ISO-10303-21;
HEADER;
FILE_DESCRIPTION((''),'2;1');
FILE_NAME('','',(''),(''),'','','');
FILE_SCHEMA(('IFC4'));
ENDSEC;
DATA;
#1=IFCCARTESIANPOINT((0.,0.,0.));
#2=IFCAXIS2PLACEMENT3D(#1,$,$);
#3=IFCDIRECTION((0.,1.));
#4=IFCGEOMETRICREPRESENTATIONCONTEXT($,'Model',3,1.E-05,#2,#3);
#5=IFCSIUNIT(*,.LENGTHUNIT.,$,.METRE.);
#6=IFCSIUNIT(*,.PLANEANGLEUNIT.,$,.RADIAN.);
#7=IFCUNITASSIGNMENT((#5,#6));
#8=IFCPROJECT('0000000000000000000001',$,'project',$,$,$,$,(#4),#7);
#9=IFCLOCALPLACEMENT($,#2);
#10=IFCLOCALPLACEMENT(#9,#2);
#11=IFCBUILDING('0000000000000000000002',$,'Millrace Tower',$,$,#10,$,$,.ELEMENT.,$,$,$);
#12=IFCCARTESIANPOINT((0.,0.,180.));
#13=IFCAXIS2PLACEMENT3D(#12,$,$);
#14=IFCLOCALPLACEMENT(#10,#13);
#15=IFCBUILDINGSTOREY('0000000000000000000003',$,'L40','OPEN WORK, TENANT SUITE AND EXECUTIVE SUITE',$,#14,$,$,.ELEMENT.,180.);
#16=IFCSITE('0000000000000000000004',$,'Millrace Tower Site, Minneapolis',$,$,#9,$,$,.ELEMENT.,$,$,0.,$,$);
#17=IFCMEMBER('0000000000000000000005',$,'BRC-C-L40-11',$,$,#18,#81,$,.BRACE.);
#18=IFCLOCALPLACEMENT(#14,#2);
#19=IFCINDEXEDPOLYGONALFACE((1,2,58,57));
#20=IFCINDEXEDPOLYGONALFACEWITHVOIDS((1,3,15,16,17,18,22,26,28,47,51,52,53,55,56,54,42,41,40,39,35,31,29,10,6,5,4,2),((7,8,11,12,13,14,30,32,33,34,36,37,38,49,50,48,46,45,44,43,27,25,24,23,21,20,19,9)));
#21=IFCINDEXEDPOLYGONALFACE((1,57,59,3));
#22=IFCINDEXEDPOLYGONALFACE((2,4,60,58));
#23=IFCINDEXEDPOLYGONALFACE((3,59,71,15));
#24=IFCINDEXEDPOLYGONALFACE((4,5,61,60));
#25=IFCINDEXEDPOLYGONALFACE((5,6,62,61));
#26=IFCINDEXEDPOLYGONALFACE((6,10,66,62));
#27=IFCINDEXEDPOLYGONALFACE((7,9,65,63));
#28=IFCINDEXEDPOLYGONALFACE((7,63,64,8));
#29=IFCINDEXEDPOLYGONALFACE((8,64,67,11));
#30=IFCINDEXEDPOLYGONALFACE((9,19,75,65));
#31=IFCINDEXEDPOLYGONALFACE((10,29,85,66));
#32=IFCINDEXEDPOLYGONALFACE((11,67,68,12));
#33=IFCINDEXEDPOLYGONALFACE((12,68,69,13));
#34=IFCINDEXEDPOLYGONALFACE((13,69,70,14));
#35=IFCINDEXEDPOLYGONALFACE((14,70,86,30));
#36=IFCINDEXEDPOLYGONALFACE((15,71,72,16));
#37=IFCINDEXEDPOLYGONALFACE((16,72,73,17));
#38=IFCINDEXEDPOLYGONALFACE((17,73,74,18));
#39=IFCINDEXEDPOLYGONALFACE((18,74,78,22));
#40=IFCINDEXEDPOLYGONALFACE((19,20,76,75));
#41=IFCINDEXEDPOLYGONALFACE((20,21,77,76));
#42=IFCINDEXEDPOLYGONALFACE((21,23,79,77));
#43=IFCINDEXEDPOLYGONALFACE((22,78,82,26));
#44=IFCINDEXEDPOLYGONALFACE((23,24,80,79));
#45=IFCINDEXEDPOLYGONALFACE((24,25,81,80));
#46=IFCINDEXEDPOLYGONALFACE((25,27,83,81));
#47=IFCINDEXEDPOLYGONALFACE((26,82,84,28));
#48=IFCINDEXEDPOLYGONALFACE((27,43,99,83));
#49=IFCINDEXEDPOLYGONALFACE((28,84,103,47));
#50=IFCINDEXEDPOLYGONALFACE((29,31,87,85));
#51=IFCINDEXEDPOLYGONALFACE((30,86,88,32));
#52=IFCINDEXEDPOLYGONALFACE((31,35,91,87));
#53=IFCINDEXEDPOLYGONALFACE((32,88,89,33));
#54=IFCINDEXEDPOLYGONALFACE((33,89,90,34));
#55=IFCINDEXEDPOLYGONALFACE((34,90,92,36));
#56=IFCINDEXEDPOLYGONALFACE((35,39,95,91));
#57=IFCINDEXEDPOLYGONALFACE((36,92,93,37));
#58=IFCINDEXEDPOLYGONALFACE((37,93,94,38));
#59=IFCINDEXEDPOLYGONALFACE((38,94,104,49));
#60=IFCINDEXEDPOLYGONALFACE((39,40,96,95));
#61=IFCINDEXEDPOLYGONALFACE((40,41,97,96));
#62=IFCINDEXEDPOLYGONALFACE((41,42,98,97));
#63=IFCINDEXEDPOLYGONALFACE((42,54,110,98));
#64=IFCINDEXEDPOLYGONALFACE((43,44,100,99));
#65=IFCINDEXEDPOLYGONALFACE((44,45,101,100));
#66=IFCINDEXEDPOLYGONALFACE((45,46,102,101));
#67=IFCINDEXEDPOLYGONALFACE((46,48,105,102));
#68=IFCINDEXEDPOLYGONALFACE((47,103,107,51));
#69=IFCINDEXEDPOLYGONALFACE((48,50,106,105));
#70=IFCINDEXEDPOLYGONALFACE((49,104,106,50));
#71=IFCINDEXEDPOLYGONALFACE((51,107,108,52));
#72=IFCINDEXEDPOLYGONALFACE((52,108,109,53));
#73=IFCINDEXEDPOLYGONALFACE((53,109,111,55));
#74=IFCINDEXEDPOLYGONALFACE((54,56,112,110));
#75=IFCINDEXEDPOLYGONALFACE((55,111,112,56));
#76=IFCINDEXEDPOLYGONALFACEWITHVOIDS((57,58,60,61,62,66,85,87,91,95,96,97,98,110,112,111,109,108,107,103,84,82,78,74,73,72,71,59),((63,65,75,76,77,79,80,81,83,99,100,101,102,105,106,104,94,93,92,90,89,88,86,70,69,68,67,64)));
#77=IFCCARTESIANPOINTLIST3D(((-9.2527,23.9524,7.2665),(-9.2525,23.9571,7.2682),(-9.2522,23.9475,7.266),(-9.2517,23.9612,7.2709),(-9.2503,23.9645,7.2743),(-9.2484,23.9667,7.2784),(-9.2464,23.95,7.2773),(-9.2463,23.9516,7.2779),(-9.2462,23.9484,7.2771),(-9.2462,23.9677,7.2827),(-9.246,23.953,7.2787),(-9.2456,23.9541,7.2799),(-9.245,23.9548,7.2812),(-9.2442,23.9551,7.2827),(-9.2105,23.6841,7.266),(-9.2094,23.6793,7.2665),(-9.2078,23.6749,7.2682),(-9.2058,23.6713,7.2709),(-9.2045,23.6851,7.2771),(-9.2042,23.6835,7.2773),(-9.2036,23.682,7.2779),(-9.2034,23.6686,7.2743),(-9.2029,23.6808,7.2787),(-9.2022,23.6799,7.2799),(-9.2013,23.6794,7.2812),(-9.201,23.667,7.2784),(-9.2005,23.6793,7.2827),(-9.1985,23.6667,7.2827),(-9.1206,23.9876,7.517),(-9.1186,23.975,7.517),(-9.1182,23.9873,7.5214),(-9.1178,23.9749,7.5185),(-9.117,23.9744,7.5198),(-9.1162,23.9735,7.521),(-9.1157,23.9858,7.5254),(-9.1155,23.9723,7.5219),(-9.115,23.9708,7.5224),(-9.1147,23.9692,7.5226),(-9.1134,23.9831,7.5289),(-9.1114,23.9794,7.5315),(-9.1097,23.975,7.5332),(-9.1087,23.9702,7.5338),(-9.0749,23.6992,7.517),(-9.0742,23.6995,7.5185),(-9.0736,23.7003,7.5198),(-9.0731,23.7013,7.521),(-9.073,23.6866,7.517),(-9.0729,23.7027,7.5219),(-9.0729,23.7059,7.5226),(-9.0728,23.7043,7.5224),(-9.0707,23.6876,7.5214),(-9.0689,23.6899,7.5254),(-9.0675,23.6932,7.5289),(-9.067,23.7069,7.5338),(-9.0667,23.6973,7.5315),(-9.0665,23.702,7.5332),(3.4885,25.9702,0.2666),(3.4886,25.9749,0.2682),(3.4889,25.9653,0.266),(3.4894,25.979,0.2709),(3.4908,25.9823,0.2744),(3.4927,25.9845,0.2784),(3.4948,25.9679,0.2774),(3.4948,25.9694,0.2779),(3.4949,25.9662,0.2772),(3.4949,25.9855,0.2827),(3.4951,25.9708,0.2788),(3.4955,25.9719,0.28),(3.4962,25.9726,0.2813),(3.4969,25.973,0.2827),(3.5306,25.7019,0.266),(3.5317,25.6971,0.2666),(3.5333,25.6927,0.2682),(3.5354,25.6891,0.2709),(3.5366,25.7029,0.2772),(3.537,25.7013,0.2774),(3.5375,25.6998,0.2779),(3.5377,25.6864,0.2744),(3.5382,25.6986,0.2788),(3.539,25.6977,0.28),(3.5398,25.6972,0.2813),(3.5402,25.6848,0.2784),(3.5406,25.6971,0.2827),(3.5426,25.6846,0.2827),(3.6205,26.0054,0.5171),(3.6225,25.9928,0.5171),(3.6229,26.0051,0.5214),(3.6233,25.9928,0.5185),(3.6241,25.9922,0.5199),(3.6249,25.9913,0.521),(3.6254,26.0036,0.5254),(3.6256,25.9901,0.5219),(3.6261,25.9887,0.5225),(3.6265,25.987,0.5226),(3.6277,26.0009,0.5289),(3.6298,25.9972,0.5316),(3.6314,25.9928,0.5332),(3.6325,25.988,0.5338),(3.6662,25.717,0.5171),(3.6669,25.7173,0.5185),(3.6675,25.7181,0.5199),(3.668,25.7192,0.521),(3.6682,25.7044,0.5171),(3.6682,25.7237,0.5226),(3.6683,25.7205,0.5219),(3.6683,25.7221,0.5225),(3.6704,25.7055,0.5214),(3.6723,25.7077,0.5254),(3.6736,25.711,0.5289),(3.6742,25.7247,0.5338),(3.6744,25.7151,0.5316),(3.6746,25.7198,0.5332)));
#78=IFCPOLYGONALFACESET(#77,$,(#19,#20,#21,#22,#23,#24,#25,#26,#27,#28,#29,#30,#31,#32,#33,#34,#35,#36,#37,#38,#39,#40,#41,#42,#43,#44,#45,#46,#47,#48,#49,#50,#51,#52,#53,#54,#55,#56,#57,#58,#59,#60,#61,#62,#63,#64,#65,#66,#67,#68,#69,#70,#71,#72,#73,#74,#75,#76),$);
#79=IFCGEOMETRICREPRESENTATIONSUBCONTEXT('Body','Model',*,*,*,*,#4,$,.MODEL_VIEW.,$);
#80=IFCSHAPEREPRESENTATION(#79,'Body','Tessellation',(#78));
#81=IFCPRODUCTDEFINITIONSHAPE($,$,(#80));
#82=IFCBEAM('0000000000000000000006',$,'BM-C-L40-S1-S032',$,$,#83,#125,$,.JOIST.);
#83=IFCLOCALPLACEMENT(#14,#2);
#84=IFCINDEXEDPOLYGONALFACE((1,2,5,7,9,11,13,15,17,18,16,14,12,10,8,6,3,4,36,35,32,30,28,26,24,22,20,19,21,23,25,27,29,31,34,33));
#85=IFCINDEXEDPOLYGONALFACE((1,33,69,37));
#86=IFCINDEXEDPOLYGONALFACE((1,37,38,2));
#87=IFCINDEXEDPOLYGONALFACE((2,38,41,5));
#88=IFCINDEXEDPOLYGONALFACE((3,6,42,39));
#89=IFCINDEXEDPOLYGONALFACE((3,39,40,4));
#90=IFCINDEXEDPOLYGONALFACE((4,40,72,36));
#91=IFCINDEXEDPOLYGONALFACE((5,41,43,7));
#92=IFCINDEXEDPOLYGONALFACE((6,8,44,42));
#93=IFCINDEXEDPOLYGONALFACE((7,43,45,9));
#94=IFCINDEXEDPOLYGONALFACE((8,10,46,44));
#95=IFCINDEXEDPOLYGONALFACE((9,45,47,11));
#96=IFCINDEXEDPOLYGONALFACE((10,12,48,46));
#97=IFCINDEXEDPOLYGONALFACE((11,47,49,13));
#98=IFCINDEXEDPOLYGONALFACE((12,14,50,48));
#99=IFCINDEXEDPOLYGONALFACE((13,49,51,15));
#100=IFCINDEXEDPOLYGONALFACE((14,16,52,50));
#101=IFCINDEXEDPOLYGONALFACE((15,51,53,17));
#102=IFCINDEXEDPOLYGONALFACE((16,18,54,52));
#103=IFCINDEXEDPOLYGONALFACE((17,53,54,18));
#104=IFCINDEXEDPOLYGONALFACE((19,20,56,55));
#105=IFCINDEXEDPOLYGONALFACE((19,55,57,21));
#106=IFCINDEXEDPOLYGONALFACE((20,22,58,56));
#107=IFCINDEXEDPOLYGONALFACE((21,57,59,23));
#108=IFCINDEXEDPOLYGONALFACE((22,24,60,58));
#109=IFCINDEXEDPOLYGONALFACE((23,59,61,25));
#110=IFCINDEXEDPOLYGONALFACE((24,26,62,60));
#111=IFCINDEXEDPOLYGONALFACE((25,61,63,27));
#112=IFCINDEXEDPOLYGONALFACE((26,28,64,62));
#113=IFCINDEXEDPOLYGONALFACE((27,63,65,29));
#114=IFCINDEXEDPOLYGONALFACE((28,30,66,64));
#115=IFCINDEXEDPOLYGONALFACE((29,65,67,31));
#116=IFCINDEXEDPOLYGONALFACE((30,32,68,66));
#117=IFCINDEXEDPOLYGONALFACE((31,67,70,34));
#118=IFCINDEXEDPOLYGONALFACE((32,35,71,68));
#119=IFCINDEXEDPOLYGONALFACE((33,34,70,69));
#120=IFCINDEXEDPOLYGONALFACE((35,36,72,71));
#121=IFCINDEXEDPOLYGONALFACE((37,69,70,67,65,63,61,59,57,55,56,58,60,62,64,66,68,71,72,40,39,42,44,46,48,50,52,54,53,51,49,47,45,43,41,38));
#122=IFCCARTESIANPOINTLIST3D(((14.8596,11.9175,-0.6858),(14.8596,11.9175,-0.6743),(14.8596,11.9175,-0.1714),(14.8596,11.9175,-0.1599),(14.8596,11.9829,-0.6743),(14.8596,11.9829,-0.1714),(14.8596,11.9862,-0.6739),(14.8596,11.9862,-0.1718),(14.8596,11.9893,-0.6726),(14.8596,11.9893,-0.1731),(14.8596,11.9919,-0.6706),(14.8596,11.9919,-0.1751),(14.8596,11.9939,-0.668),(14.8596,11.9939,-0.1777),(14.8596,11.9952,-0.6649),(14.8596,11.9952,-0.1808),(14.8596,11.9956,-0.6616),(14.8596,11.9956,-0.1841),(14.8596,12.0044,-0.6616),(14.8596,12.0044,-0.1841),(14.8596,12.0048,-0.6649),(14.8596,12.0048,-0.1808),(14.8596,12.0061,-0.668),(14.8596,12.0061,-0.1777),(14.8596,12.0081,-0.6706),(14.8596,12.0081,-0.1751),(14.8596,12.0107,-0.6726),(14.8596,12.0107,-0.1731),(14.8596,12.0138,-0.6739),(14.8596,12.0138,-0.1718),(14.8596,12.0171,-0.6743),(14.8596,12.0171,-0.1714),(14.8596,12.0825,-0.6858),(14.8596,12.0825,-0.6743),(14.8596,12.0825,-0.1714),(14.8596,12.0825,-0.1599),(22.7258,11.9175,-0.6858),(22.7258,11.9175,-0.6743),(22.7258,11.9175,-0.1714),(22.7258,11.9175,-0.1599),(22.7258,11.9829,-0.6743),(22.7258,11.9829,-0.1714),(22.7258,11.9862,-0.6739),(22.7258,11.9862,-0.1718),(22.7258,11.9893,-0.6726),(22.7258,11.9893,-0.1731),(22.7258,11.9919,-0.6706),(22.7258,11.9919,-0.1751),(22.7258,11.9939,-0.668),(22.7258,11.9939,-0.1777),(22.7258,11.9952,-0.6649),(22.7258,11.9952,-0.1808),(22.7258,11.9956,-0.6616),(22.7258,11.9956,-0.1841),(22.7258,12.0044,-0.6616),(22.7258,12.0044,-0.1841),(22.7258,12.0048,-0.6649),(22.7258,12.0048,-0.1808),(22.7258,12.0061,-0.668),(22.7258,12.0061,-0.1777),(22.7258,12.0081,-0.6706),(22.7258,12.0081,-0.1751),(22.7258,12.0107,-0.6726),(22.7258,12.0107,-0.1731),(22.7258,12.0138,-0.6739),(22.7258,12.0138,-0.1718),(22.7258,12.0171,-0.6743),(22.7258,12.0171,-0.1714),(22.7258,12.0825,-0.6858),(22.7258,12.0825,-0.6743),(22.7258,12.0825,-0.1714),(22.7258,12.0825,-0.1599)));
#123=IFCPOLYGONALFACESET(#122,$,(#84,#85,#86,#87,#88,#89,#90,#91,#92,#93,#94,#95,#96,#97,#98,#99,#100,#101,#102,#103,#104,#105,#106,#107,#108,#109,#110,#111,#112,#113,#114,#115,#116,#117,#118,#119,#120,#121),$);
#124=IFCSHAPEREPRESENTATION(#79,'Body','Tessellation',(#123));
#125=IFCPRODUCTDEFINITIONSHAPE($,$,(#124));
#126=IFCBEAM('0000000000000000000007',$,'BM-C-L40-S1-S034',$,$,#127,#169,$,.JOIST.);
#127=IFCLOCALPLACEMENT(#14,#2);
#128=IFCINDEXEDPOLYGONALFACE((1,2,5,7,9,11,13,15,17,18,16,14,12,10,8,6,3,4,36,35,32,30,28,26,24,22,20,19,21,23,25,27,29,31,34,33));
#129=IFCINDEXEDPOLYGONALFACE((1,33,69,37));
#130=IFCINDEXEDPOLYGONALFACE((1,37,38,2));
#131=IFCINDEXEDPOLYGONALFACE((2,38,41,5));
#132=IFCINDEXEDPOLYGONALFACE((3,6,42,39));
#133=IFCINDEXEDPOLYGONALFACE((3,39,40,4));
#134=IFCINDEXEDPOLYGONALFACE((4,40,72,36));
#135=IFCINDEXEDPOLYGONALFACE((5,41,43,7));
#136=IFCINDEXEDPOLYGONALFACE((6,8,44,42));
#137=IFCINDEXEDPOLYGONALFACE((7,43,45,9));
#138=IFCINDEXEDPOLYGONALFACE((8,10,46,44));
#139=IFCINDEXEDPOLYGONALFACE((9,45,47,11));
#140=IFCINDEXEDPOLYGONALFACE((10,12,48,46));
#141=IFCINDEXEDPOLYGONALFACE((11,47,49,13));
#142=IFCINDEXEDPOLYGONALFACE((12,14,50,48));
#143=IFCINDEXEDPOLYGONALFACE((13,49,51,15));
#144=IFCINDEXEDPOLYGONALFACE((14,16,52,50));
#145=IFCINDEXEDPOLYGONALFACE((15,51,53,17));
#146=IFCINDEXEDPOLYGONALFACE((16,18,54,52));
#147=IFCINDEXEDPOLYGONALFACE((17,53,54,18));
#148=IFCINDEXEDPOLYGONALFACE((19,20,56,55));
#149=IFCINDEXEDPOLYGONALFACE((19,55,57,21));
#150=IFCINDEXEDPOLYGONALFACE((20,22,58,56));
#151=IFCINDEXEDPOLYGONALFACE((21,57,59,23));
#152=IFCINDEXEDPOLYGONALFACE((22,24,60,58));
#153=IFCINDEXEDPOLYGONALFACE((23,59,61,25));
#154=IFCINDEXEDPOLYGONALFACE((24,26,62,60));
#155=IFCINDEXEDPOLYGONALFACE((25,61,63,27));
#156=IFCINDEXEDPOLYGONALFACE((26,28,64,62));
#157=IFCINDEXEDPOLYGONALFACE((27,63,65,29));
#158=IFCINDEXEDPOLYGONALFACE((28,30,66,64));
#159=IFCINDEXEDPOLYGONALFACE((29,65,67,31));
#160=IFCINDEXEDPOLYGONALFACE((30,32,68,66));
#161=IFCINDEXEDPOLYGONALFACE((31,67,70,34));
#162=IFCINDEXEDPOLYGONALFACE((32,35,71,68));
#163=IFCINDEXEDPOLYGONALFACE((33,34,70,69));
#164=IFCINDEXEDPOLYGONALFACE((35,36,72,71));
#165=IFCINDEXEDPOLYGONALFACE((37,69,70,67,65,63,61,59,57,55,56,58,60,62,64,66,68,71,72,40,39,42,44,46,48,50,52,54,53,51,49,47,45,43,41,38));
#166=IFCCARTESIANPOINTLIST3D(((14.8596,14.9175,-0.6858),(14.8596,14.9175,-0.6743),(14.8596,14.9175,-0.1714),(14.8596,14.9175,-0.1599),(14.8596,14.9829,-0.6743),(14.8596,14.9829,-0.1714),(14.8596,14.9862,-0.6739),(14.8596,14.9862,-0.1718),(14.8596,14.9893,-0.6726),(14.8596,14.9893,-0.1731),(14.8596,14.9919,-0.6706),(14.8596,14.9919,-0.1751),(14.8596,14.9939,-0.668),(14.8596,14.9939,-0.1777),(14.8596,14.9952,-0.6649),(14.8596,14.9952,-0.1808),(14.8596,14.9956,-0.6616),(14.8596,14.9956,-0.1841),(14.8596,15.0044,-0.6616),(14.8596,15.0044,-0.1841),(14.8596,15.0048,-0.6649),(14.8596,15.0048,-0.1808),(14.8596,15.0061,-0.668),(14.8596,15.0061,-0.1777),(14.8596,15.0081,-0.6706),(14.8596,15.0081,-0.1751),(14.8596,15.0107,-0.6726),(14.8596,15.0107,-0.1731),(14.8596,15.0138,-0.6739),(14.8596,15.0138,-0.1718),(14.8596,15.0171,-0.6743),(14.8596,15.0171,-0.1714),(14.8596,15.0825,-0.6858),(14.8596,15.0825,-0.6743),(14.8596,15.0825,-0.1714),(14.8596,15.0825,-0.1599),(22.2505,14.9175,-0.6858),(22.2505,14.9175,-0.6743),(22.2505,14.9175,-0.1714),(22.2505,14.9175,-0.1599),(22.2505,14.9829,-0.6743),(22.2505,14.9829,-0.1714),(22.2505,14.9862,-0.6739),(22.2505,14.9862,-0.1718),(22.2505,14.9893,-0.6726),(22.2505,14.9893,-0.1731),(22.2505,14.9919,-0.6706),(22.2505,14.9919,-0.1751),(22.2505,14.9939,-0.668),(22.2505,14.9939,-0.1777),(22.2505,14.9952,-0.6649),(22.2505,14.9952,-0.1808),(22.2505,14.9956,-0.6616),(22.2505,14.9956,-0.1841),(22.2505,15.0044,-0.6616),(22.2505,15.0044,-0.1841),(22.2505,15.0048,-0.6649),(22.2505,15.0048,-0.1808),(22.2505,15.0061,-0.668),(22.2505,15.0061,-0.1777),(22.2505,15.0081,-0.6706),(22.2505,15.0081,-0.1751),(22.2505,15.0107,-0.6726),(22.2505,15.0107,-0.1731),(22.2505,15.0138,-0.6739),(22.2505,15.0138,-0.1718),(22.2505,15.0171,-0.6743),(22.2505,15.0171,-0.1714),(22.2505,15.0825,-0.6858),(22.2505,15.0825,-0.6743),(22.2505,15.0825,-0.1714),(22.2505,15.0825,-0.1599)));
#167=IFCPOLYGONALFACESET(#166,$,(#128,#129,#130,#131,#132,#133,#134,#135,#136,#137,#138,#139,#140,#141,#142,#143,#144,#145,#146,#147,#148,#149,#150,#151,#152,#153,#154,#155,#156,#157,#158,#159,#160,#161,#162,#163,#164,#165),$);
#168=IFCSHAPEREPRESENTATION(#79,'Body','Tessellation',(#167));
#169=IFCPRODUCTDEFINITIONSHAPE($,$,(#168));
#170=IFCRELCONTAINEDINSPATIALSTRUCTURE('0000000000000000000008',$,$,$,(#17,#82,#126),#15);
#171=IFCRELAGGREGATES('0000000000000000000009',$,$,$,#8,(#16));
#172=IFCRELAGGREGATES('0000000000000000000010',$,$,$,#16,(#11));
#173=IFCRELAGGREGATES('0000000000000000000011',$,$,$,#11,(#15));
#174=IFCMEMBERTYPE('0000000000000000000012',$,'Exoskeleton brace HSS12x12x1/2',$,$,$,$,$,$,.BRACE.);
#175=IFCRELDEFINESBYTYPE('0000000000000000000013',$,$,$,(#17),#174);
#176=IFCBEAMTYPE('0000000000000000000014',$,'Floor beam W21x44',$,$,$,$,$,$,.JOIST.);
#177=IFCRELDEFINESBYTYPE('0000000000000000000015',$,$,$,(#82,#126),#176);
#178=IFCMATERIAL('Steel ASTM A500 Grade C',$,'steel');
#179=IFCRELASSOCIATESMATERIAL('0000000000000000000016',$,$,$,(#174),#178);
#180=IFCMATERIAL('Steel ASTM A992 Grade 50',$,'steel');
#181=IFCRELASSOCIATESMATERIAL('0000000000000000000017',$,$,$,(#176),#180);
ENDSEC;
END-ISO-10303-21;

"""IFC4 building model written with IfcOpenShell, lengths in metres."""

from ifc_helpers import new_model, si_unit, direction, frame, origin, origin_2d, place, context, subcontext, project, spatial, hollow_rectangle, i_section, extrude, material, material_profile, profile_set, type_object, element, save


model = new_model("IFC4")

# Units and contexts
model_context = context("Model", 3, precision=1e-05, world=origin(), true_north=direction((0.0, 1.0)))
body_context = subcontext(model_context, "Body", "Model", "MODEL_VIEW")
ifc_project = project(units=[si_unit("LENGTHUNIT", "METRE"), si_unit("PLANEANGLEUNIT", "RADIAN")], contexts=[model_context])

# Site, building, storey
site_placement = place(None, origin())
site = spatial("IfcSite", under=ifc_project, at=site_placement, Name="Millrace Tower Site, Minneapolis", CompositionType="ELEMENT", RefElevation=0.0)
building_placement = place(site_placement, origin())
building = spatial("IfcBuilding", under=site, at=building_placement, Name="Millrace Tower", CompositionType="ELEMENT")
storey_placement = place(building_placement, frame((0.0, 0.0, 180.0)))
storey = spatial("IfcBuildingStorey", under=building, at=storey_placement, Name="L40", Description="OPEN WORK, TENANT SUITE AND EXECUTIVE SUITE", CompositionType="ELEMENT", Elevation=180.0)

# Member
ifc_material_1 = material(Name="Steel ASTM A500 Grade C", Category="steel")
ifc_material_profile_1 = material_profile(ifc_material_1, hollow_rectangle(XDim=0.3047, YDim=0.3047, WallThickness=0.0127, InnerFilletRadius=0.0063, OuterFilletRadius=0.019, at=origin_2d()))
ifc_profile_set_1 = profile_set([ifc_material_profile_1], Name="Steel ASTM A500 Grade C")
member_type_1 = type_object("IfcMemberType", Name="Exoskeleton brace HSS12x12x1/2", PredefinedType="BRACE", material=ifc_profile_set_1)
member_1_placement = place(storey_placement, frame((3.5815, 25.845, 0.3999), z_axis=(-0.868116, -0.137483, 0.476941), x_axis=(0.15642, -0.987691, 0.0)))
element("IfcMember", 1, at=member_1_placement, inside=storey, type_object=member_type_1, Name="BRC-C-L40-11", PredefinedType="BRACE", context=body_context, shape_type="SweptSolid", body=[
    extrude(hollow_rectangle(XDim=0.3047, YDim=0.3047, WallThickness=0.0127, InnerFilletRadius=0.0063, OuterFilletRadius=0.019, at=origin_2d()), origin(), (0.0, 0.0, 1.0), 14.6768),
])

# Beams
ifc_material_2 = material(Name="Steel ASTM A992 Grade 50", Category="steel")
ifc_material_profile_2 = material_profile(ifc_material_2, i_section(OverallWidth=0.165, OverallDepth=0.5259, WebThickness=0.0088, FlangeThickness=0.0115, FilletRadius=0.0127, at=origin_2d()))
ifc_profile_set_2 = profile_set([ifc_material_profile_2], Name="Steel ASTM A992 Grade 50")
beam_type_1 = type_object("IfcBeamType", Name="Floor beam W21x44", PredefinedType="JOIST", material=ifc_profile_set_2)
beam_1_placement = place(storey_placement, frame((14.8596, 12.0, -0.4229), z_axis=(1.0, 0.0, 0.0), x_axis=(0.0, 1.0, 0.0)))
element("IfcBeam", 2, at=beam_1_placement, inside=storey, type_object=beam_type_1, Name="BM-C-L40-S1-S032", PredefinedType="JOIST", context=body_context, shape_type="SweptSolid", body=[
    extrude(i_section(OverallWidth=0.165, OverallDepth=0.5259, WebThickness=0.0088, FlangeThickness=0.0115, FilletRadius=0.0127, at=origin_2d()), origin(), (0.0, 0.0, 1.0), 7.8662),
])
beam_2_placement = place(storey_placement, frame((14.8596, 15.0, -0.4229), z_axis=(1.0, 0.0, 0.0), x_axis=(0.0, 1.0, 0.0)))
element("IfcBeam", 3, at=beam_2_placement, inside=storey, type_object=beam_type_1, Name="BM-C-L40-S1-S034", PredefinedType="JOIST", context=body_context, shape_type="SweptSolid", body=[
    extrude(i_section(OverallWidth=0.165, OverallDepth=0.5259, WebThickness=0.0088, FlangeThickness=0.0115, FilletRadius=0.0127, at=origin_2d()), origin(), (0.0, 0.0, 1.0), 7.3909),
])

save(model, "model.ifc")
